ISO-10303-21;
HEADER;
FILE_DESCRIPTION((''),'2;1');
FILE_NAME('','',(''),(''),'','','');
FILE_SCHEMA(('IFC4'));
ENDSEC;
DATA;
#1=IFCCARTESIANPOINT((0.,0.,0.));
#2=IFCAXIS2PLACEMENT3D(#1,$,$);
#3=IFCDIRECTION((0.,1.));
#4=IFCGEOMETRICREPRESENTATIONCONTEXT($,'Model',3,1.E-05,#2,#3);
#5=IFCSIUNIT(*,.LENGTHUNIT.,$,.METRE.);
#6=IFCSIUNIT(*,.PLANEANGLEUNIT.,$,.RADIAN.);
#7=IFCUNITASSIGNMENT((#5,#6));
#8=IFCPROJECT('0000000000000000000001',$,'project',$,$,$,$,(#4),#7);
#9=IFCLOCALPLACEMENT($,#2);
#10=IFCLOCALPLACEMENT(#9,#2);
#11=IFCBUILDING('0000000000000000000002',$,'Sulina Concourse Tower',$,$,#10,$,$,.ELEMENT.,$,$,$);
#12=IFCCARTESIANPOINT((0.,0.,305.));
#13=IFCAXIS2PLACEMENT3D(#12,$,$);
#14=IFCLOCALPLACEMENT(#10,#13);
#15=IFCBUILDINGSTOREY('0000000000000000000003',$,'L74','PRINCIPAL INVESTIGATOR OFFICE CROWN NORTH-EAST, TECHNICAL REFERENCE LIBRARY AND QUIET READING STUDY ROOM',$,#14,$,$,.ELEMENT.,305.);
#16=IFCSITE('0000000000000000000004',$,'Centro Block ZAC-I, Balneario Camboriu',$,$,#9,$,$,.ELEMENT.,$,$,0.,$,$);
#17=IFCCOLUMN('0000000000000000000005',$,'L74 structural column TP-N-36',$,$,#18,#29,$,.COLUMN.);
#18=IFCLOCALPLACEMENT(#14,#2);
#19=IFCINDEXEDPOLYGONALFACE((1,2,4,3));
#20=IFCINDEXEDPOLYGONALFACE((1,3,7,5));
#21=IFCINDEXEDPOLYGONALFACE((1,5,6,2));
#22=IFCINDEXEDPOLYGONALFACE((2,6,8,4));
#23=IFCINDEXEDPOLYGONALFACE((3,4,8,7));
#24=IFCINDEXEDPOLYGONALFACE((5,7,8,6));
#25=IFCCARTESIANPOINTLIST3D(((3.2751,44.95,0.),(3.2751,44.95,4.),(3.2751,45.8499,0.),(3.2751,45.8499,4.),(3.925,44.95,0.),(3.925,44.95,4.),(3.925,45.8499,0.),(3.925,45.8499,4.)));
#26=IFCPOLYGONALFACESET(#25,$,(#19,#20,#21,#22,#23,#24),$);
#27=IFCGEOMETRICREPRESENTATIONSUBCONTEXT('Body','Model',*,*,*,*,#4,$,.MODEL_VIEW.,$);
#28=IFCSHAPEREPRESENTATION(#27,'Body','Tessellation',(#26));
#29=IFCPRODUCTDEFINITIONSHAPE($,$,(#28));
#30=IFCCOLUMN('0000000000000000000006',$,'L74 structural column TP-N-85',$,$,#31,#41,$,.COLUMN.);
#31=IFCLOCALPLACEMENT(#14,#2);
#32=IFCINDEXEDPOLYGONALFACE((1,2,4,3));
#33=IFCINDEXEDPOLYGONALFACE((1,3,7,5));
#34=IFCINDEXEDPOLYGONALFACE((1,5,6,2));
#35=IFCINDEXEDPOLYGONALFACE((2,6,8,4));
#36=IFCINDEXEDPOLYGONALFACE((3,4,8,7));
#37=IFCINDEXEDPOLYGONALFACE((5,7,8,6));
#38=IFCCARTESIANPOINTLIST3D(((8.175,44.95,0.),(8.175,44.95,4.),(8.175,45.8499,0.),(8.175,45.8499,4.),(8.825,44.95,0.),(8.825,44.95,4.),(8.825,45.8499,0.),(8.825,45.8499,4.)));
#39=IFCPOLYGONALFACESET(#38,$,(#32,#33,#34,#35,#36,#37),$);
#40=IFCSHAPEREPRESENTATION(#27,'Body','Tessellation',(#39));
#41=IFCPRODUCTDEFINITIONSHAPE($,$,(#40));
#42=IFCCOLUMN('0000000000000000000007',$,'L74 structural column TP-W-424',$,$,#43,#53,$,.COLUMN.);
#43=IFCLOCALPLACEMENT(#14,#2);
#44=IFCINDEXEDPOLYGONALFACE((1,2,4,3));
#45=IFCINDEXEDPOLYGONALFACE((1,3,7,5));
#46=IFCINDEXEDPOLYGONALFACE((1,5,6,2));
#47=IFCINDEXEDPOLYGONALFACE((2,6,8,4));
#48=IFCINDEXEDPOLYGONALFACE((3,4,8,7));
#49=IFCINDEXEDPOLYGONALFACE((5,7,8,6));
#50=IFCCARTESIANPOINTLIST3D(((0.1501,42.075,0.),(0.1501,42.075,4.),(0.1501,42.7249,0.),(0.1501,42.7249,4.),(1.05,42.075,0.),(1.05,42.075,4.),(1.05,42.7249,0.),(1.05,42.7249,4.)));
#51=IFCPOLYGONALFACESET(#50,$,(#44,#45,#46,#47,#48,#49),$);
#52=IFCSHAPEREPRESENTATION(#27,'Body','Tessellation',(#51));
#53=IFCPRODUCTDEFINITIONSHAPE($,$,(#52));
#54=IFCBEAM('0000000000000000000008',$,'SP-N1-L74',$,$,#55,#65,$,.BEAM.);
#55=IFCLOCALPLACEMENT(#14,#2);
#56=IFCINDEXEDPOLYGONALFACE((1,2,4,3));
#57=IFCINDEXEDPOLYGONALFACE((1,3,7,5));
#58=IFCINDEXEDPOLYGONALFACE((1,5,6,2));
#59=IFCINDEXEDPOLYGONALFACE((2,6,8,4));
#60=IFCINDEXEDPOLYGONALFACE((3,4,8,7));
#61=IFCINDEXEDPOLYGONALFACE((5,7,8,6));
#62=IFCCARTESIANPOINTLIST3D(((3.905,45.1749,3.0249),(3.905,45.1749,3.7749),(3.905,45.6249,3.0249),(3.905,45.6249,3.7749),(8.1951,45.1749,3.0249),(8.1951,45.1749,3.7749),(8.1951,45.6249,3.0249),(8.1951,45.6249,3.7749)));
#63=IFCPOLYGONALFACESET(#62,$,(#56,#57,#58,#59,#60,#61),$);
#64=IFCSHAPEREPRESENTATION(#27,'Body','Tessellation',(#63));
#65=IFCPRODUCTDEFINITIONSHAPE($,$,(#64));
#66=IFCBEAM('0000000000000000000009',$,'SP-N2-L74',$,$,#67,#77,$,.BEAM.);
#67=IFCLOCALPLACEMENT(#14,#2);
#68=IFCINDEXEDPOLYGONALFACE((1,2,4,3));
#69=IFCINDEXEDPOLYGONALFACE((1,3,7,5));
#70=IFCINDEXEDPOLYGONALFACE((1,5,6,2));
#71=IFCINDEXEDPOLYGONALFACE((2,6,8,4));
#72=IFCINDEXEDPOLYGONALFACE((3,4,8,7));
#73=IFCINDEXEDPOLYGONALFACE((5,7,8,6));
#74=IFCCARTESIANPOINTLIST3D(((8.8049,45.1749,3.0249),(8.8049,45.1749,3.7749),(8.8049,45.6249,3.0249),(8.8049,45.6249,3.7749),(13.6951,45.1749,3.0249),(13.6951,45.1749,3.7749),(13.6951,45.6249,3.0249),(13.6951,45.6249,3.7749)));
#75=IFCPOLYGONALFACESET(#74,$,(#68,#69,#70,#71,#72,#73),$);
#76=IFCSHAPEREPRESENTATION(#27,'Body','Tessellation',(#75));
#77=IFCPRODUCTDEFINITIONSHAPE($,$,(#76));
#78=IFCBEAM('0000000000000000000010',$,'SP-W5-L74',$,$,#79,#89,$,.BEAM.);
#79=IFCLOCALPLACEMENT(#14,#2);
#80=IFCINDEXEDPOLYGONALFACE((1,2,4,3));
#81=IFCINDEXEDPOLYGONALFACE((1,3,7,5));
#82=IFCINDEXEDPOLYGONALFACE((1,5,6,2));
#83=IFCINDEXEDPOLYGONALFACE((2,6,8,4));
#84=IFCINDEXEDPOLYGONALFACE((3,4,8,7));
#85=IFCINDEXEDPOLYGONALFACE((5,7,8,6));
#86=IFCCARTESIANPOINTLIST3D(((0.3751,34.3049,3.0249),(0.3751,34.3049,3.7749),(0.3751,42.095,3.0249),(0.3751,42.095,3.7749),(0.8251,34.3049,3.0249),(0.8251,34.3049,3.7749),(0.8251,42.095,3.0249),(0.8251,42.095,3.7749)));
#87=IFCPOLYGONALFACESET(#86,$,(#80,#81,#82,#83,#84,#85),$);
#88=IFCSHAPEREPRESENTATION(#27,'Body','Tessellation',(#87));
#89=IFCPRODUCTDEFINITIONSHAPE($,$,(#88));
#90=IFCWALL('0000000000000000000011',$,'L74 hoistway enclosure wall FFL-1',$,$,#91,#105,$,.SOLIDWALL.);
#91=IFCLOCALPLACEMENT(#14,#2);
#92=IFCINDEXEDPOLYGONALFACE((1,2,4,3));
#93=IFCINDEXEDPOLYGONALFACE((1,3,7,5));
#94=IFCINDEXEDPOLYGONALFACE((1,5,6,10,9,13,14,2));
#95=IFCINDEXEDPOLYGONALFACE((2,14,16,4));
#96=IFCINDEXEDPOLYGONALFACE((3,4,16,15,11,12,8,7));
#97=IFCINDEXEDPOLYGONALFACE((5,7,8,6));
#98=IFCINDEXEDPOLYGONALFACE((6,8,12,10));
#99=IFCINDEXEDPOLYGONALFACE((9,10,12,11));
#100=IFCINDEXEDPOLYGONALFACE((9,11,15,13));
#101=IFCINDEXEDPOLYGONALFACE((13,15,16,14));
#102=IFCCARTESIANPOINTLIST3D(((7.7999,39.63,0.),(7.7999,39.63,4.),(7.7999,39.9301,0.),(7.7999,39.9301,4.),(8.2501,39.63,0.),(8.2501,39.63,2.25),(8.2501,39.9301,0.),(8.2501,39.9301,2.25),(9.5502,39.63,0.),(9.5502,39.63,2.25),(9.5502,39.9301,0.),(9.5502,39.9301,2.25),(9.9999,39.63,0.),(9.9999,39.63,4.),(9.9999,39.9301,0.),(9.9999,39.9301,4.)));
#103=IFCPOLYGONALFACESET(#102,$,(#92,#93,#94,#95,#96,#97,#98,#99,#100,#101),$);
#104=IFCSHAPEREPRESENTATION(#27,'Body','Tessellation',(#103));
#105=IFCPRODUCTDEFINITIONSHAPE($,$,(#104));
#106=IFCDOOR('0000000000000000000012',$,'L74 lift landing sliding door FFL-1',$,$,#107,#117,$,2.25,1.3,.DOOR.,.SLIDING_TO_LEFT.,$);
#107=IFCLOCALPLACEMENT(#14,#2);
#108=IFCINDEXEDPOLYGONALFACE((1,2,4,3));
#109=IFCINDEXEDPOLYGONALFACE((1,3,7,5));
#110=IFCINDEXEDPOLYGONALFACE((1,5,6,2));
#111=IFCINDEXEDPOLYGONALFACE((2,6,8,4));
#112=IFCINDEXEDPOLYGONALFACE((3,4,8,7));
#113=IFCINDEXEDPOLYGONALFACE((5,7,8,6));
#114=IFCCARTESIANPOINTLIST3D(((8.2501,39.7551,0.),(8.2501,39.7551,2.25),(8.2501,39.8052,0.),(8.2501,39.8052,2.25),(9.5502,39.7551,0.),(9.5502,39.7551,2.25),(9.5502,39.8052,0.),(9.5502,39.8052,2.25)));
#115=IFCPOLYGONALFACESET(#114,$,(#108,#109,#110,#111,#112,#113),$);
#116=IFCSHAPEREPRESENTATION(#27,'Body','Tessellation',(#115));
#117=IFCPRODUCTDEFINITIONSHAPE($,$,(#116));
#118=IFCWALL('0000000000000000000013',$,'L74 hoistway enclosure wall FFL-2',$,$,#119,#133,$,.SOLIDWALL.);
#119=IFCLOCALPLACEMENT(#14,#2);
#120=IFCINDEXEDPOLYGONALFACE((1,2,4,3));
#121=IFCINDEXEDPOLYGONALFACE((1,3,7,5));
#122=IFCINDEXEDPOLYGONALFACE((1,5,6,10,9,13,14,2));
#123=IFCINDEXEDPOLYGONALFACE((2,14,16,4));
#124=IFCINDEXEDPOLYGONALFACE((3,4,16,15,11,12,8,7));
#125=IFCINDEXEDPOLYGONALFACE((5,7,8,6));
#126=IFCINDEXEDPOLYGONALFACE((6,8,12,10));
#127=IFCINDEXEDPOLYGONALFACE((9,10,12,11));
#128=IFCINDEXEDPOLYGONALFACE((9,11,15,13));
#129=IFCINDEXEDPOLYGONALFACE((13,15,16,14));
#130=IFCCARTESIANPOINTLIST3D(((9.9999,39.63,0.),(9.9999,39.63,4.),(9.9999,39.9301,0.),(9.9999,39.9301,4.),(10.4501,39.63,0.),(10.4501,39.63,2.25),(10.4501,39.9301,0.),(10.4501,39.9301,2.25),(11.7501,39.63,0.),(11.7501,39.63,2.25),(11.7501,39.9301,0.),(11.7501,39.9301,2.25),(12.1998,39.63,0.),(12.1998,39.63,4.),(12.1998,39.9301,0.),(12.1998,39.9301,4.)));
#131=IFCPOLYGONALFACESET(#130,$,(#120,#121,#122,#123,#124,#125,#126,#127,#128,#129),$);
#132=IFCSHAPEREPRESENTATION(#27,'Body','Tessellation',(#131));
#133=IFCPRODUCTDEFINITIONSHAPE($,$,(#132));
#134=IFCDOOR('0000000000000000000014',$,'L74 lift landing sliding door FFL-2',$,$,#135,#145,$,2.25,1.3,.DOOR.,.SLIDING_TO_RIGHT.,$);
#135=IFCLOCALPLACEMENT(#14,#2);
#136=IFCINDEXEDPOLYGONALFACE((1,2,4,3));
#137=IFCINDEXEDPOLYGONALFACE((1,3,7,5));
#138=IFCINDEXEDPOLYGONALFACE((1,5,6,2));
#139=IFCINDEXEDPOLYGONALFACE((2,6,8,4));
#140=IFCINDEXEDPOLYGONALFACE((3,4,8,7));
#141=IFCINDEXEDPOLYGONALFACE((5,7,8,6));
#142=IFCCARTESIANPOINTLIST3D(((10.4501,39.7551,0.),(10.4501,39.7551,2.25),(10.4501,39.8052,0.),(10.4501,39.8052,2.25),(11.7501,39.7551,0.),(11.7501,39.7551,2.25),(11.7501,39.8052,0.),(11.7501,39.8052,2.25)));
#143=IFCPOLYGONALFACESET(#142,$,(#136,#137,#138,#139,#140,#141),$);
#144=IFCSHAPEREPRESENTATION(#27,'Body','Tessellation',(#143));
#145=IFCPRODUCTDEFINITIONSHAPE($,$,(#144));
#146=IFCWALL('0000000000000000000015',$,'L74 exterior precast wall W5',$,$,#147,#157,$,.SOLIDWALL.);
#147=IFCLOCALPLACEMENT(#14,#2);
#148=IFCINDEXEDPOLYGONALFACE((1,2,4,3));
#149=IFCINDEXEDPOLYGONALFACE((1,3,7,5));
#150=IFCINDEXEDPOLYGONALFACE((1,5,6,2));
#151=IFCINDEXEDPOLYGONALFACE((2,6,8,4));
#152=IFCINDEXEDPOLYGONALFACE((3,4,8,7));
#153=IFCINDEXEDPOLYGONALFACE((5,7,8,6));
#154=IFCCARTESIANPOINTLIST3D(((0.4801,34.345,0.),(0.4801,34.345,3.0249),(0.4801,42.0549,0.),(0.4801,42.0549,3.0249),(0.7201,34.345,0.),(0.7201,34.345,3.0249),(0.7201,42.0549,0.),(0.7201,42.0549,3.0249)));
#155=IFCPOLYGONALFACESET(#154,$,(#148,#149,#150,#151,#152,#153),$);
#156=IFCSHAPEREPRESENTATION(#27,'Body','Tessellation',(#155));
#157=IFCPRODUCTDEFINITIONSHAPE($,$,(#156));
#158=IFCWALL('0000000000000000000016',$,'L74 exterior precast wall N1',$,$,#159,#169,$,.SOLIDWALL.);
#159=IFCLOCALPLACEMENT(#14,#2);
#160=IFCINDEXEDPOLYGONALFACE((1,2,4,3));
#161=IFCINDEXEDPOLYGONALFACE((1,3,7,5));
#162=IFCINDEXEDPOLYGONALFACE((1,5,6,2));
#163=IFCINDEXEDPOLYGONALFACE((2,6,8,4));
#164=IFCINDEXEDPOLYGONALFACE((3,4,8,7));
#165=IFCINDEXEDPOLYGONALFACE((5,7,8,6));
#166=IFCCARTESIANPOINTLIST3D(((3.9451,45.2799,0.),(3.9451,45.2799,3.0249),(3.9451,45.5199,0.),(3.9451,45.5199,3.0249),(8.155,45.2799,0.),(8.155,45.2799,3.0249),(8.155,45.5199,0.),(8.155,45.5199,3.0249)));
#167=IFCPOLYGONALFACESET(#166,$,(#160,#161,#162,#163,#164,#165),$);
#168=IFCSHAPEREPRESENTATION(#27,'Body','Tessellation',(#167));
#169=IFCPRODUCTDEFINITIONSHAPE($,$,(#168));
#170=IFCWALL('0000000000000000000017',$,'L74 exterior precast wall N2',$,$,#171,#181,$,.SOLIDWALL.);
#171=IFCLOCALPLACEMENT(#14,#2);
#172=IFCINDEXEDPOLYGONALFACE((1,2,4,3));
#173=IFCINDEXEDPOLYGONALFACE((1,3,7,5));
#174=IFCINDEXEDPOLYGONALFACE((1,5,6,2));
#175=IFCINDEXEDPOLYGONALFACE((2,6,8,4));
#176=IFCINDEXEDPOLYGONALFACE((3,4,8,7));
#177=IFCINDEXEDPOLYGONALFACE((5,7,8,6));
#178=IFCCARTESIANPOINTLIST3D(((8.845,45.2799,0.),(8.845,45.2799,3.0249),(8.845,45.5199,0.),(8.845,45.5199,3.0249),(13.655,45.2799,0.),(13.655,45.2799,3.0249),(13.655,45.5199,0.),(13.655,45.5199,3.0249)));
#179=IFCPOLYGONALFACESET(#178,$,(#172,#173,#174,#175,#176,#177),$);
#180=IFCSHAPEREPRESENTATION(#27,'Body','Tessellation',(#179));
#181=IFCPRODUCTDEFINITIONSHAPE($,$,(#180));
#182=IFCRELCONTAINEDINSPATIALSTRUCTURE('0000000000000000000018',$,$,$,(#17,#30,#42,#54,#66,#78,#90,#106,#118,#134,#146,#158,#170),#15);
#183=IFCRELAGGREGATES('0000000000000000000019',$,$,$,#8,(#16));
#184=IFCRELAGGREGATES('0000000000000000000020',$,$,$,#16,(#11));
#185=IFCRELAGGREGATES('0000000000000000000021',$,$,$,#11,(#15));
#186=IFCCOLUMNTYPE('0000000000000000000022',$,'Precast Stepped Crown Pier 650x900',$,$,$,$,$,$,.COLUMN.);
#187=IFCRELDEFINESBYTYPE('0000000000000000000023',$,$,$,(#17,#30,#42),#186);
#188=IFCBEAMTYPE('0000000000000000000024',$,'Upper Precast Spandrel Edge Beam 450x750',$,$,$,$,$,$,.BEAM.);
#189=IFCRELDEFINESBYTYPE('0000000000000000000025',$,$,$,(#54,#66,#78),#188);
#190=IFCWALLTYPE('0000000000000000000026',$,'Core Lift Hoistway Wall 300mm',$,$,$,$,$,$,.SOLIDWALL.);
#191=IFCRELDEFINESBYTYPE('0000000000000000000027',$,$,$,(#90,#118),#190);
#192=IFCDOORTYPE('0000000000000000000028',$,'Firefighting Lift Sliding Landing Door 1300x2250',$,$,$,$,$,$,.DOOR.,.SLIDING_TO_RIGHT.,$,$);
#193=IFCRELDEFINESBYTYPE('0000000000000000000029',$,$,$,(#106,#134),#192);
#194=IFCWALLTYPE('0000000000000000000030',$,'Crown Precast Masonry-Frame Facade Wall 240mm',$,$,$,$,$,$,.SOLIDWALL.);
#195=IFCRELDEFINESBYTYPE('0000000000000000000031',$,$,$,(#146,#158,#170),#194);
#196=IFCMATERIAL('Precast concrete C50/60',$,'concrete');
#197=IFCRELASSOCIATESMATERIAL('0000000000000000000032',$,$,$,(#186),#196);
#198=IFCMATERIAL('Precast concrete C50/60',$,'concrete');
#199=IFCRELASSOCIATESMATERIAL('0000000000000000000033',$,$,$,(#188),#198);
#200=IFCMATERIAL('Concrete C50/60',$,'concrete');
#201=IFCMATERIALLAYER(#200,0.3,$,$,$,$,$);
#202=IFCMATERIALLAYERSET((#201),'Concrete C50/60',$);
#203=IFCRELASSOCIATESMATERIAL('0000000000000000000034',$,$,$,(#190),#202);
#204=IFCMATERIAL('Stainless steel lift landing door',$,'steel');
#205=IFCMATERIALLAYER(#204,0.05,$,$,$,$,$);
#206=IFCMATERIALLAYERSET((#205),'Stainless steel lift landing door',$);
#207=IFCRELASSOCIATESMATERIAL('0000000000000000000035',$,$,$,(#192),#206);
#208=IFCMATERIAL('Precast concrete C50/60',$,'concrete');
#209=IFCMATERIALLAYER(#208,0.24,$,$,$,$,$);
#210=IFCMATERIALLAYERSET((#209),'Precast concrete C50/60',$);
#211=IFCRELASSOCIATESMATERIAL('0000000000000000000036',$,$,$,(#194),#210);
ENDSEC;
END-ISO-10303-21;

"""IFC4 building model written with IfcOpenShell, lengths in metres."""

from ifc_helpers import new_model, si_unit, direction, frame, frame_2d, origin, origin_2d, place, context, subcontext, project, spatial, rectangle, extrude, material, layer, layer_set, material_profile, profile_set, type_object, element, fill, save


model = new_model("IFC4")

# Units and contexts
model_context = context("Model", 3, precision=1e-05, world=origin(), true_north=direction((0.0, 1.0)))
body_context = subcontext(model_context, "Body", "Model", "MODEL_VIEW")
ifc_project = project(units=[si_unit("LENGTHUNIT", "METRE"), si_unit("PLANEANGLEUNIT", "RADIAN")], contexts=[model_context])

# Site, building, storey
site_placement = place(None, origin())
site = spatial("IfcSite", under=ifc_project, at=site_placement, Name="Centro Block ZAC-I, Balneario Camboriu", CompositionType="ELEMENT", RefElevation=0.0)
building_placement = place(site_placement, origin())
building = spatial("IfcBuilding", under=site, at=building_placement, Name="Sulina Concourse Tower", CompositionType="ELEMENT")
storey_placement = place(building_placement, frame((0.0, 0.0, 305.0)))
storey = spatial("IfcBuildingStorey", under=building, at=storey_placement, Name="L74", Description="PRINCIPAL INVESTIGATOR OFFICE CROWN NORTH-EAST, TECHNICAL REFERENCE LIBRARY AND QUIET READING STUDY ROOM", CompositionType="ELEMENT", Elevation=305.0)

# Columns
ifc_material_1 = material(Name="Precast concrete C50/60", Category="concrete")
ifc_material_profile_1 = material_profile(ifc_material_1, rectangle(XDim=0.6499, YDim=0.8999, at=origin_2d()), Name="PC 650x900")
ifc_profile_set_1 = profile_set([ifc_material_profile_1], Name="Precast concrete C50/60")
column_type = type_object("IfcColumnType", Name="Precast Stepped Crown Pier 650x900", PredefinedType="COLUMN", material=ifc_profile_set_1)
for number, where, z_axis, x_axis, name in (
    (1, (3.6001, 45.3999, 0.0), (0.0, 0.0, 1.0), (1.0, 0.0, 0.0), "L74 structural column TP-N-36"),
    (2, (8.5, 45.3999, 0.0), (0.0, 0.0, 1.0), (1.0, 0.0, 0.0), "L74 structural column TP-N-85"),
    (3, (0.6001, 42.3999, 0.0), (0.0, 0.0, 1.0), (0.0, 1.0, 0.0), "L74 structural column TP-W-424"),
):
    element("IfcColumn", number, at=place(storey_placement, frame(where, z_axis=z_axis, x_axis=x_axis)), inside=storey, type_object=column_type, Name=name, PredefinedType="COLUMN", context=body_context, shape_type="SweptSolid", body=[
        extrude(rectangle(XDim=0.6499, YDim=0.8999, at=origin_2d()), origin(), (0.0, 0.0, 1.0), 4.0),
    ])

# Beams
ifc_material_2 = material(Name="Precast concrete C50/60", Category="concrete")
ifc_material_profile_2 = material_profile(ifc_material_2, rectangle(XDim=0.45, YDim=0.75, at=origin_2d()), Name="RC 450x750")
ifc_profile_set_2 = profile_set([ifc_material_profile_2], Name="Precast concrete C50/60")
beam_type = type_object("IfcBeamType", Name="Upper Precast Spandrel Edge Beam 450x750", PredefinedType="BEAM", material=ifc_profile_set_2)
beam_1_placement = place(storey_placement, frame((3.905, 45.3999, 3.3999), z_axis=(1.0, 0.0, 0.0), x_axis=(0.0, 1.0, 0.0)))
element("IfcBeam", 4, at=beam_1_placement, inside=storey, type_object=beam_type, Name="SP-N1-L74", PredefinedType="BEAM", context=body_context, shape_type="SweptSolid", body=[
    extrude(rectangle(XDim=0.45, YDim=0.75, at=origin_2d()), origin(), (0.0, 0.0, 1.0), 4.29),
])
beam_2_placement = place(storey_placement, frame((8.8049, 45.3999, 3.3999), z_axis=(1.0, 0.0, 0.0), x_axis=(0.0, 1.0, 0.0)))
element("IfcBeam", 5, at=beam_2_placement, inside=storey, type_object=beam_type, Name="SP-N2-L74", PredefinedType="BEAM", context=body_context, shape_type="SweptSolid", body=[
    extrude(rectangle(XDim=0.45, YDim=0.75, at=origin_2d()), origin(), (0.0, 0.0, 1.0), 4.8901),
])
beam_3_placement = place(storey_placement, frame((0.6001, 34.3049, 3.3999), z_axis=(0.0, 1.0, 0.0), x_axis=(-1.0, 0.0, 0.0)))
element("IfcBeam", 6, at=beam_3_placement, inside=storey, type_object=beam_type, Name="SP-W5-L74", PredefinedType="BEAM", context=body_context, shape_type="SweptSolid", body=[
    extrude(rectangle(XDim=0.45, YDim=0.75, at=origin_2d()), origin(), (0.0, 0.0, 1.0), 7.79),
])

# Walls, openings, doors
ifc_material_3 = material(Name="Concrete C50/60", Category="concrete")
ifc_layer_1 = layer(ifc_material_3, 0.3)
ifc_layer_set_1 = layer_set([ifc_layer_1], Name="Concrete C50/60")
wall_type_1 = type_object("IfcWallType", Name="Core Lift Hoistway Wall 300mm", PredefinedType="SOLIDWALL", material=ifc_layer_set_1)
wall_1_placement = place(storey_placement, frame((10.0, 39.78, 0.0), z_axis=(0.0, 0.0, 1.0), x_axis=(-1.0, 0.0, 0.0)))
wall_1 = element("IfcWall", 7, at=wall_1_placement, inside=storey, type_object=wall_type_1, Name="L74 hoistway enclosure wall FFL-1", PredefinedType="SOLIDWALL", context=body_context, shape_type="SweptSolid", body=[
    extrude(rectangle(XDim=2.2, YDim=0.3, at=frame_2d((1.1001, 0.0))), origin(), (0.0, 0.0, 1.0), 4.0),
])
opening_1_placement = place(wall_1_placement, frame((0.45, 0.0, 0.0)))
opening_1 = element("IfcOpeningElement", 8, at=opening_1_placement, cuts=wall_1, PredefinedType="OPENING", context=body_context, shape_type="SweptSolid", body=[
    extrude(rectangle(XDim=1.3, YDim=2.25, at=frame_2d((0.6499, 1.125))), frame((0.0, 0.1599, 0.0), z_axis=(0.0, -1.0, 0.0), x_axis=(1.0, 0.0, 0.0)), (0.0, 0.0, 1.0), 0.3201),
])
ifc_material_4 = material(Name="Stainless steel lift landing door", Category="steel")
ifc_layer_2 = layer(ifc_material_4, 0.05)
ifc_layer_set_2 = layer_set([ifc_layer_2], Name="Stainless steel lift landing door")
door_type_1 = type_object("IfcDoorType", Name="Firefighting Lift Sliding Landing Door 1300x2250", OperationType="SLIDING_TO_RIGHT", PredefinedType="DOOR", material=ifc_layer_set_2)
door_1_placement = place(opening_1_placement, origin())
door_1 = element("IfcDoor", 9, at=door_1_placement, inside=storey, type_object=door_type_1, Name="L74 lift landing sliding door FFL-1", OperationType="SLIDING_TO_LEFT", OverallHeight=2.25, OverallWidth=1.3, PredefinedType="DOOR", context=body_context, shape_type="SweptSolid", body=[
    extrude(rectangle(XDim=1.3, YDim=2.25, at=frame_2d((0.6499, 1.125))), frame((0.0, 0.0249, 0.0), z_axis=(0.0, -1.0, 0.0), x_axis=(1.0, 0.0, 0.0)), (0.0, 0.0, 1.0), 0.05),
])
fill(opening_1, door_1)
wall_2_placement = place(storey_placement, frame((12.2, 39.78, 0.0), z_axis=(0.0, 0.0, 1.0), x_axis=(-1.0, 0.0, 0.0)))
wall_2 = element("IfcWall", 10, at=wall_2_placement, inside=storey, type_object=wall_type_1, Name="L74 hoistway enclosure wall FFL-2", PredefinedType="SOLIDWALL", context=body_context, shape_type="SweptSolid", body=[
    extrude(rectangle(XDim=2.2, YDim=0.3, at=frame_2d((1.1001, 0.0))), origin(), (0.0, 0.0, 1.0), 4.0),
])
opening_2_placement = place(wall_2_placement, frame((0.45, 0.0, 0.0)))
opening_2 = element("IfcOpeningElement", 11, at=opening_2_placement, cuts=wall_2, PredefinedType="OPENING", context=body_context, shape_type="SweptSolid", body=[
    extrude(rectangle(XDim=1.3, YDim=2.25, at=frame_2d((0.6499, 1.125))), frame((0.0, 0.1599, 0.0), z_axis=(0.0, -1.0, 0.0), x_axis=(1.0, 0.0, 0.0)), (0.0, 0.0, 1.0), 0.3201),
])
door_2_placement = place(opening_2_placement, origin())
door_2 = element("IfcDoor", 12, at=door_2_placement, inside=storey, type_object=door_type_1, Name="L74 lift landing sliding door FFL-2", OperationType="SLIDING_TO_RIGHT", OverallHeight=2.25, OverallWidth=1.3, PredefinedType="DOOR", context=body_context, shape_type="SweptSolid", body=[
    extrude(rectangle(XDim=1.3, YDim=2.25, at=frame_2d((0.6499, 1.125))), frame((0.0, 0.0249, 0.0), z_axis=(0.0, -1.0, 0.0), x_axis=(1.0, 0.0, 0.0)), (0.0, 0.0, 1.0), 0.05),
])
fill(opening_2, door_2)

# Walls
ifc_material_5 = material(Name="Precast concrete C50/60", Category="concrete")
ifc_layer_3 = layer(ifc_material_5, 0.24)
ifc_layer_set_3 = layer_set([ifc_layer_3], Name="Precast concrete C50/60")
wall_type_2 = type_object("IfcWallType", Name="Crown Precast Masonry-Frame Facade Wall 240mm", PredefinedType="SOLIDWALL", material=ifc_layer_set_3)
wall_3_placement = place(storey_placement, frame((0.6001, 34.345, 0.0), z_axis=(0.0, 0.0, 1.0), x_axis=(0.0, 1.0, 0.0)))
element("IfcWall", 13, at=wall_3_placement, inside=storey, type_object=wall_type_2, Name="L74 exterior precast wall W5", PredefinedType="SOLIDWALL", context=body_context, shape_type="SweptSolid", body=[
    extrude(rectangle(XDim=7.71, YDim=0.24, at=frame_2d((3.855, 0.0))), origin(), (0.0, 0.0, 1.0), 3.0249),
])
wall_4_placement = place(storey_placement, frame((3.9451, 45.3999, 0.0), z_axis=(0.0, 0.0, 1.0), x_axis=(1.0, 0.0, 0.0)))
element("IfcWall", 14, at=wall_4_placement, inside=storey, type_object=wall_type_2, Name="L74 exterior precast wall N1", PredefinedType="SOLIDWALL", context=body_context, shape_type="SweptSolid", body=[
    extrude(rectangle(XDim=4.21, YDim=0.24, at=frame_2d((2.105, 0.0))), origin(), (0.0, 0.0, 1.0), 3.0249),
])
wall_5_placement = place(storey_placement, frame((8.845, 45.3999, 0.0), z_axis=(0.0, 0.0, 1.0), x_axis=(1.0, 0.0, 0.0)))
element("IfcWall", 15, at=wall_5_placement, inside=storey, type_object=wall_type_2, Name="L74 exterior precast wall N2", PredefinedType="SOLIDWALL", context=body_context, shape_type="SweptSolid", body=[
    extrude(rectangle(XDim=4.8101, YDim=0.24, at=frame_2d((2.405, 0.0))), origin(), (0.0, 0.0, 1.0), 3.0249),
])

save(model, "model.ifc")
